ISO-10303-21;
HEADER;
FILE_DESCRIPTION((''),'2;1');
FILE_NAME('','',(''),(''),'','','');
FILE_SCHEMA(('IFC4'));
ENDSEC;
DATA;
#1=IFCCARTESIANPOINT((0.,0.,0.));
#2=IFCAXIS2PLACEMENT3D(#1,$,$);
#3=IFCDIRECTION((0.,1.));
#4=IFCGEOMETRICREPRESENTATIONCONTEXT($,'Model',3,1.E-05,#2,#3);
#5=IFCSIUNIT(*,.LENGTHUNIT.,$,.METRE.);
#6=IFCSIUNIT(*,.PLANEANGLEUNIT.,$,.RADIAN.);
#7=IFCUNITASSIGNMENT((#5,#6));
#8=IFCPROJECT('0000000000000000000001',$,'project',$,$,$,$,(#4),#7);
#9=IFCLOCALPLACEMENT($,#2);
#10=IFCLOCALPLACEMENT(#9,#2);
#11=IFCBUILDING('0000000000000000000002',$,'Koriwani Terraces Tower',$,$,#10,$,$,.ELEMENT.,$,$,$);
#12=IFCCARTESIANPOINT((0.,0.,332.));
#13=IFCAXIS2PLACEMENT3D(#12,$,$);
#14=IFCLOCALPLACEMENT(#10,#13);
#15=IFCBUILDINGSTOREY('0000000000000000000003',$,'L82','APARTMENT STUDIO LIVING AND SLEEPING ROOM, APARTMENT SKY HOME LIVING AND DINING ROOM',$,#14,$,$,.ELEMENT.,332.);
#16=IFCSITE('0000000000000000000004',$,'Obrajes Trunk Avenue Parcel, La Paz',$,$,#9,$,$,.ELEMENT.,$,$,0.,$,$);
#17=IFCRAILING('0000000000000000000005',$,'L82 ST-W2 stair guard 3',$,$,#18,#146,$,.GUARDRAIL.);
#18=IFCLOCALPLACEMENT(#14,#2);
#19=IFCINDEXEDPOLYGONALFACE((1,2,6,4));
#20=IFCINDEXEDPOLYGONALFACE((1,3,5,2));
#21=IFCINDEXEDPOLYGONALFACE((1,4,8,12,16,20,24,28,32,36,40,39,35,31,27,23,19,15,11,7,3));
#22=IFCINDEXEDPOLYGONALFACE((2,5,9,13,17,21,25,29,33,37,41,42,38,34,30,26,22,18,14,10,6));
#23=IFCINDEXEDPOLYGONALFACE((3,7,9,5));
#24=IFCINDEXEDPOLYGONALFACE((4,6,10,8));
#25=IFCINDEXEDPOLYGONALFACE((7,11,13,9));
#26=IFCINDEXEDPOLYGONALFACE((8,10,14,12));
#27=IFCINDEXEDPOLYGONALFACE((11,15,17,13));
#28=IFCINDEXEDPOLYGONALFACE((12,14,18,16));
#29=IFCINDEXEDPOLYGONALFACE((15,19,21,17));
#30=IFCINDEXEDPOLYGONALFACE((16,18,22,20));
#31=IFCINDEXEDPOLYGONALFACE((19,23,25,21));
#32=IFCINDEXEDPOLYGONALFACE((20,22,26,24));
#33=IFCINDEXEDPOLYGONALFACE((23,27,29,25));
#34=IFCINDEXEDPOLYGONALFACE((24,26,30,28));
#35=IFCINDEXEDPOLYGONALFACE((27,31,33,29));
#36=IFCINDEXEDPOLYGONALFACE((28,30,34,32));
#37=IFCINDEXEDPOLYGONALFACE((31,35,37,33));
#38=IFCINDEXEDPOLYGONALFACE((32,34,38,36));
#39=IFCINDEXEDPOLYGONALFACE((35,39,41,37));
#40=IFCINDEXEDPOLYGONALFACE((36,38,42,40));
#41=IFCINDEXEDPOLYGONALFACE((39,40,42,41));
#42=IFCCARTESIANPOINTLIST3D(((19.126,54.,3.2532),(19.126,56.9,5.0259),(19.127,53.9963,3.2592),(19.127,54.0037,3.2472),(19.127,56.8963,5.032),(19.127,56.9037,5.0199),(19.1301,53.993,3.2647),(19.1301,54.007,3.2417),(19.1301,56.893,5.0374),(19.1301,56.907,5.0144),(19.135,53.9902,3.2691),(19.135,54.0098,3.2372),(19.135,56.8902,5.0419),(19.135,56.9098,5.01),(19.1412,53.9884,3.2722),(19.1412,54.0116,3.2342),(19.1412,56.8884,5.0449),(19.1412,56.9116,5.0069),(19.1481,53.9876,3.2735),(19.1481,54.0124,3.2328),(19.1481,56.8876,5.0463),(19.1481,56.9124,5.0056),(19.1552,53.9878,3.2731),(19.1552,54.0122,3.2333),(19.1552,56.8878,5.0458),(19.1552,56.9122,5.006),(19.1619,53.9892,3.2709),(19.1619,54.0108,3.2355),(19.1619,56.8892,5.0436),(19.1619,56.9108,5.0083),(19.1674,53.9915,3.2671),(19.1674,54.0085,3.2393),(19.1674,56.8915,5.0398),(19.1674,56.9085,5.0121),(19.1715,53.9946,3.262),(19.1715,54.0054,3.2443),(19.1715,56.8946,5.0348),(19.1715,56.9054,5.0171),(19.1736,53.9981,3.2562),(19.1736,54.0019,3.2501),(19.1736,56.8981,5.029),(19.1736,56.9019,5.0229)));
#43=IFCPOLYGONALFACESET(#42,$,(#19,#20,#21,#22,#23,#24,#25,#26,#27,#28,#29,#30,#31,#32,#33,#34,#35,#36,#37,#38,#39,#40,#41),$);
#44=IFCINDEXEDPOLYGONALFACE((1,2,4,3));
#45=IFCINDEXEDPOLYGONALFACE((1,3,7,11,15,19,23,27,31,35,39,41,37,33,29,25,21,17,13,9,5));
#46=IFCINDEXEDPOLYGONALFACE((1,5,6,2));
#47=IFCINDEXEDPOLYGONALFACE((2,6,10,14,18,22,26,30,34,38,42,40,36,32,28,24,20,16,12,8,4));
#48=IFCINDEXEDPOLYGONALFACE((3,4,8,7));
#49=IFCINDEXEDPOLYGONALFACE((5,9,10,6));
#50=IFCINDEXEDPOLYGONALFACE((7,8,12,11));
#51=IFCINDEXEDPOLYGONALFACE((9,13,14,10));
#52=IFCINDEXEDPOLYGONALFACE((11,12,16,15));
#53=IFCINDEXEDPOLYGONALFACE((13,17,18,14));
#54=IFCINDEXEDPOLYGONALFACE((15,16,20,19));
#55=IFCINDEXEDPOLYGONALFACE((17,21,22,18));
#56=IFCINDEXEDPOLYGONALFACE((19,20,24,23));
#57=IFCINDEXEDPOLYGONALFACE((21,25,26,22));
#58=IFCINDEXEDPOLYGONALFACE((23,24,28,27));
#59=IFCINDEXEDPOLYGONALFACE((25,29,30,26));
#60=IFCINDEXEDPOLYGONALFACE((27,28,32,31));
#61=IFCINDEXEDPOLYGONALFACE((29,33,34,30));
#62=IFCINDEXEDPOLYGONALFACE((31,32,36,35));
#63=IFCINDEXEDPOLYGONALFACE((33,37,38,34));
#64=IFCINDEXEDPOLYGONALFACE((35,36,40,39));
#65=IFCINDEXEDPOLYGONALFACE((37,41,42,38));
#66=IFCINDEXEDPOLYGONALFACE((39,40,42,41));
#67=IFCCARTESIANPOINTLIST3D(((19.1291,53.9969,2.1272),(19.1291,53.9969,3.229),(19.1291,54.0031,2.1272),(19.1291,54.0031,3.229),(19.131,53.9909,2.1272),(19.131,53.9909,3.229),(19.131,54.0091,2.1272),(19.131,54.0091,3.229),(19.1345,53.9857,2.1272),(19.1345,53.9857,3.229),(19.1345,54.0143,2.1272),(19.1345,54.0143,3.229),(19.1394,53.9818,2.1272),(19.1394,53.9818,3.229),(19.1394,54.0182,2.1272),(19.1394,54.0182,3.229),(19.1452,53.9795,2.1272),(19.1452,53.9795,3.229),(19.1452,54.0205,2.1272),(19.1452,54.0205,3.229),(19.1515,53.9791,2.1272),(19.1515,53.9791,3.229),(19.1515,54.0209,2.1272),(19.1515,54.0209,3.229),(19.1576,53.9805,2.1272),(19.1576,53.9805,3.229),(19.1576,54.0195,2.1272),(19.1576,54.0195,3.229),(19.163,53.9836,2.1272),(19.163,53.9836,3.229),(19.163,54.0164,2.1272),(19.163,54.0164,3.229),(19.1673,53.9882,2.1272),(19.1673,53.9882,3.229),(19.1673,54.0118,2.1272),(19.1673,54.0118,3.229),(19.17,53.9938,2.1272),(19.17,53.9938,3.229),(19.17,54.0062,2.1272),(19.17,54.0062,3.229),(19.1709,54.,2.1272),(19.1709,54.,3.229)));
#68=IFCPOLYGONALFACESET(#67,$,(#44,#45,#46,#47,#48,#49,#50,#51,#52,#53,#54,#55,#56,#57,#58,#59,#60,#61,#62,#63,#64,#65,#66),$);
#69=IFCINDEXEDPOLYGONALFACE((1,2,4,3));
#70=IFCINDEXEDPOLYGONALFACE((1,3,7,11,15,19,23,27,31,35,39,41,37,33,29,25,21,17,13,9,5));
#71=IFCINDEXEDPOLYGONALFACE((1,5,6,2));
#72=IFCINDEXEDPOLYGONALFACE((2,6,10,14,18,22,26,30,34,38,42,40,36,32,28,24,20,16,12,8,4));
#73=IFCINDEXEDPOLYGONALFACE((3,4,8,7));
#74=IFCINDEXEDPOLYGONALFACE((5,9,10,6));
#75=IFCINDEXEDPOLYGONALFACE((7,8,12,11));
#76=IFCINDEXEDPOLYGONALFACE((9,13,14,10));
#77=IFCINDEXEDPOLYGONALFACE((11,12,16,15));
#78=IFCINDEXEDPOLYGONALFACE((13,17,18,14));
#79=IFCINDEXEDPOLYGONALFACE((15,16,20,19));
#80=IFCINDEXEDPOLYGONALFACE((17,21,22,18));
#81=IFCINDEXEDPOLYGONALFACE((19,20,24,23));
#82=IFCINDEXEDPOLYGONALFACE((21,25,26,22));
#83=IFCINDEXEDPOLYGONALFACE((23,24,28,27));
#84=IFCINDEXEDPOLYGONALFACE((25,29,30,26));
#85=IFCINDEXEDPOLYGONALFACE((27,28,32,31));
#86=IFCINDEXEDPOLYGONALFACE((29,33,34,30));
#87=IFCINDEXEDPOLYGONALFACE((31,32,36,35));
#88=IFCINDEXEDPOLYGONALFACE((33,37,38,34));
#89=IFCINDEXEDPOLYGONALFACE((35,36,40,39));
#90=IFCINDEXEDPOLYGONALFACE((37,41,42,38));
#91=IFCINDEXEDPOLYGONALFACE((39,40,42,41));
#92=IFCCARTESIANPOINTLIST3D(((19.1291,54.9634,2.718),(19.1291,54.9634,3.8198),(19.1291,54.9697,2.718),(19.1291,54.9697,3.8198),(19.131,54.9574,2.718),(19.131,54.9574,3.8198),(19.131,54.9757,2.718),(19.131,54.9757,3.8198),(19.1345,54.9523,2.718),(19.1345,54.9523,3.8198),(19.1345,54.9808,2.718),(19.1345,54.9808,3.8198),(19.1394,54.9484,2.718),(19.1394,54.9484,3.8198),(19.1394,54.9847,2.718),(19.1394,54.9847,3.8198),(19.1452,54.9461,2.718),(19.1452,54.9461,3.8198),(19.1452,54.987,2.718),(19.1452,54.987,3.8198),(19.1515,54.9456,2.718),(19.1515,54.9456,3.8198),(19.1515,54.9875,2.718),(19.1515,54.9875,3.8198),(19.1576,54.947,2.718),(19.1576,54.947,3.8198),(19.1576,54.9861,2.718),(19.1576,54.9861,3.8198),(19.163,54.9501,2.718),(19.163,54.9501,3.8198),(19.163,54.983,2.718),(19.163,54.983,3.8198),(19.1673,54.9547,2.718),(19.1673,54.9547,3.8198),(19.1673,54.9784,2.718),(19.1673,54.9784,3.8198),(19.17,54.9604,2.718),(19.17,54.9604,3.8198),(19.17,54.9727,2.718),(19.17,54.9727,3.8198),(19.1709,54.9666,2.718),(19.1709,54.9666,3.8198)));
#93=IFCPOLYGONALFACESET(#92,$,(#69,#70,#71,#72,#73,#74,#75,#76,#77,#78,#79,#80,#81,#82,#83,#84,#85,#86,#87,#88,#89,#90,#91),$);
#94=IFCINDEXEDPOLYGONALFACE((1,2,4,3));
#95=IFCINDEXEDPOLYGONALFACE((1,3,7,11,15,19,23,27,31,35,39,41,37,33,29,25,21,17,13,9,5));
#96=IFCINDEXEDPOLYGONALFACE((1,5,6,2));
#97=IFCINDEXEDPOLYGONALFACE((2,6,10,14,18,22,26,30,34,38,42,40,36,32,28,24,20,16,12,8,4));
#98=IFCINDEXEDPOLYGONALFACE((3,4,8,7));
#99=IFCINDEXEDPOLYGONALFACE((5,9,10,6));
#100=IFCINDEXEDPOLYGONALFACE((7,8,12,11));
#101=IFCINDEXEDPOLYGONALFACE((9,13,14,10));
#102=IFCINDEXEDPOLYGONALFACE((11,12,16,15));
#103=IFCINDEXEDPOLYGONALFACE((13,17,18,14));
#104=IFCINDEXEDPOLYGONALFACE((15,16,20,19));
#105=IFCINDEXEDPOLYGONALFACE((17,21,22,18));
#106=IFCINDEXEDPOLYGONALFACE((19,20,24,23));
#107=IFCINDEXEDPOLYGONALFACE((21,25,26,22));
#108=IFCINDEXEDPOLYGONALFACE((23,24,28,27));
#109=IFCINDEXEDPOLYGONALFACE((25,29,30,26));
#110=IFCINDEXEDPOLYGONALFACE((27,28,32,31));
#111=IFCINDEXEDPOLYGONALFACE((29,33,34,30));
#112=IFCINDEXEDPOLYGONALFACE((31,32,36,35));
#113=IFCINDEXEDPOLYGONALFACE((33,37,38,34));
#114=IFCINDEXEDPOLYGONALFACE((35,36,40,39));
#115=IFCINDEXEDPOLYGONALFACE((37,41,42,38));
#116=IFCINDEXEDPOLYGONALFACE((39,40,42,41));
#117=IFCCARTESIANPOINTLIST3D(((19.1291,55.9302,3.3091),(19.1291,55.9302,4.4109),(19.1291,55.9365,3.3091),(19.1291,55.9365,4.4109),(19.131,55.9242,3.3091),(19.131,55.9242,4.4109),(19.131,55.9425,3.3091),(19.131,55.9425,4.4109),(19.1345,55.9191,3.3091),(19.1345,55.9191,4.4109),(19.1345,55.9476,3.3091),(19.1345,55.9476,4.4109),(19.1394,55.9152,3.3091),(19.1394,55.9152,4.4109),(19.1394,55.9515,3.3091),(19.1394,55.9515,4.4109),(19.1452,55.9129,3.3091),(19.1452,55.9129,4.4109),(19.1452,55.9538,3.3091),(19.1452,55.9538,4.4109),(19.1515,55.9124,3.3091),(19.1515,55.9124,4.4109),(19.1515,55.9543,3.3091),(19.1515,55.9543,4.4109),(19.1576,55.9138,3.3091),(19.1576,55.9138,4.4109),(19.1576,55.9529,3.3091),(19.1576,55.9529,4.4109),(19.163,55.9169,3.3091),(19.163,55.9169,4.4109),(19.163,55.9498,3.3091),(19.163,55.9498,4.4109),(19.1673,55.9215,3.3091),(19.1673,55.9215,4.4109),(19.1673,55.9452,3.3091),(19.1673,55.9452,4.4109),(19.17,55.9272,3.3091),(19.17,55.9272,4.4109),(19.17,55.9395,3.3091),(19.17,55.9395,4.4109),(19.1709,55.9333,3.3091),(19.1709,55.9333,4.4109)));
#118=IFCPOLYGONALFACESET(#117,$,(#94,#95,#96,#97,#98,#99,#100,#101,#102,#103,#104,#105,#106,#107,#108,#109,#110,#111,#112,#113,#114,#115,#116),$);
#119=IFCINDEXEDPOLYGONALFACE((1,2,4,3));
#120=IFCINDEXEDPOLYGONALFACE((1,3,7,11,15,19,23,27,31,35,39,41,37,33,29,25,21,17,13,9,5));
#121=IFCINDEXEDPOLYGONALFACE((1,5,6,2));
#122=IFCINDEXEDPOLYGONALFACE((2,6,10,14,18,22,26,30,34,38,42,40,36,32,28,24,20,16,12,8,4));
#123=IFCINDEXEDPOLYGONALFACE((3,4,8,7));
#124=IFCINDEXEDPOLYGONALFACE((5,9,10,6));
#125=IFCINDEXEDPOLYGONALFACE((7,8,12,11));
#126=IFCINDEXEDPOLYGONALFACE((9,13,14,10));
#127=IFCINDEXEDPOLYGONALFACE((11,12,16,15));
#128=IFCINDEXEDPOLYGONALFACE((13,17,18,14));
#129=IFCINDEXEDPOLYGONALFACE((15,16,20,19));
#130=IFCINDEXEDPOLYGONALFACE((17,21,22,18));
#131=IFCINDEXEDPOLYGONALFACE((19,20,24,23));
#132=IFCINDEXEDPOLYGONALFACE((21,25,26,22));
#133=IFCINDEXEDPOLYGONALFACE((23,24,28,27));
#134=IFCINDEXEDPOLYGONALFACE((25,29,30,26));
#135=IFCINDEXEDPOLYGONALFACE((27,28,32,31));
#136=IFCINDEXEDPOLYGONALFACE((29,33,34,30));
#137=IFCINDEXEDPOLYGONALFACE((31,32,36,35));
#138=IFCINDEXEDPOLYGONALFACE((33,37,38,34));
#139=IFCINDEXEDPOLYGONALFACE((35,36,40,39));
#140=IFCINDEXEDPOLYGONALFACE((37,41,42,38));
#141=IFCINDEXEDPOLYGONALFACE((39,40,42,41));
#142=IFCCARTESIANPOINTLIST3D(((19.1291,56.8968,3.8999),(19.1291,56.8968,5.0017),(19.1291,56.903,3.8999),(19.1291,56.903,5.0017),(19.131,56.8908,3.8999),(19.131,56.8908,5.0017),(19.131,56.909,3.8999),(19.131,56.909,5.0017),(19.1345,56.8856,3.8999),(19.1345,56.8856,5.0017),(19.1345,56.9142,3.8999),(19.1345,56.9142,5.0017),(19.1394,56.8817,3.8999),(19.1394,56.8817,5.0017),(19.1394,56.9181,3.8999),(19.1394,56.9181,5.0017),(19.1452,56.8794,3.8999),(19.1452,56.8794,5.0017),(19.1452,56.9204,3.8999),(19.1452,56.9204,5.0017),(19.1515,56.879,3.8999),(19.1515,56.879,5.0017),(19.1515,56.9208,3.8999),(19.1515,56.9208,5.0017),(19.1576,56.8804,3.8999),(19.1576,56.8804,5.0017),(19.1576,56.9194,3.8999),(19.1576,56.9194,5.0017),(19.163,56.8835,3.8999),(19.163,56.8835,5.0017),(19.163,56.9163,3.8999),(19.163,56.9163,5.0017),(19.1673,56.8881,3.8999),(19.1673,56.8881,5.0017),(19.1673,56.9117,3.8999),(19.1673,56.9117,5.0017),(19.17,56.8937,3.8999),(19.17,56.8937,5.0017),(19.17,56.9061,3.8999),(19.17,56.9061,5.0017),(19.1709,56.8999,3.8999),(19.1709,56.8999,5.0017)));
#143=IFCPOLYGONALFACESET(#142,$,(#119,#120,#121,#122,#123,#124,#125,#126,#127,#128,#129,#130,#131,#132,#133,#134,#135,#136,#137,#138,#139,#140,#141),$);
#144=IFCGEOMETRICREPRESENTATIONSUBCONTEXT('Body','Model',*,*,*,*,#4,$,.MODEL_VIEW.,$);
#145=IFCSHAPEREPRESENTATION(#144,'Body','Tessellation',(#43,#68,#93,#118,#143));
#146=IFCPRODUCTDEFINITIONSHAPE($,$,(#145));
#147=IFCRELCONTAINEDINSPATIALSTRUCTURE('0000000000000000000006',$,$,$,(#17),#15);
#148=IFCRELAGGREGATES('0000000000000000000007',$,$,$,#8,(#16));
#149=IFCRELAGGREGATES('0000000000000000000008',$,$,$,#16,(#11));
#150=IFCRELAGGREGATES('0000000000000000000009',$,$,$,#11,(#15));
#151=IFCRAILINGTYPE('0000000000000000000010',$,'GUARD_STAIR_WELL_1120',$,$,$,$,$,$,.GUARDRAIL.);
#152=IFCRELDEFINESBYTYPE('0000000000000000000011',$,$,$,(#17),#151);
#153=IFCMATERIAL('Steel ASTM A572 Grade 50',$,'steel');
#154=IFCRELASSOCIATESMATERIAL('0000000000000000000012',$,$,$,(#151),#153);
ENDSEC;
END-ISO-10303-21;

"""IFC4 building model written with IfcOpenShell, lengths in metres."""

from ifc_helpers import new_model, si_unit, direction, frame, origin, origin_2d, place, context, subcontext, project, spatial, circle, extrude, material, type_object, element, save


model = new_model("IFC4")

# Units and contexts
model_context = context("Model", 3, precision=1e-05, world=origin(), true_north=direction((0.0, 1.0)))
body_context = subcontext(model_context, "Body", "Model", "MODEL_VIEW")
ifc_project = project(units=[si_unit("LENGTHUNIT", "METRE"), si_unit("PLANEANGLEUNIT", "RADIAN")], contexts=[model_context])

# Site, building, storey
site_placement = place(None, origin())
site = spatial("IfcSite", under=ifc_project, at=site_placement, Name="Obrajes Trunk Avenue Parcel, La Paz", CompositionType="ELEMENT", RefElevation=0.0)
building_placement = place(site_placement, origin())
building = spatial("IfcBuilding", under=site, at=building_placement, Name="Koriwani Terraces Tower", CompositionType="ELEMENT")
storey_placement = place(building_placement, frame((0.0, 0.0, 332.0)))
storey = spatial("IfcBuildingStorey", under=building, at=storey_placement, Name="L82", Description="APARTMENT STUDIO LIVING AND SLEEPING ROOM, APARTMENT SKY HOME LIVING AND DINING ROOM", CompositionType="ELEMENT", Elevation=332.0)

# Shared definitions
ifc_material_1 = material(Name="Steel ASTM A572 Grade 50", Category="steel")

# Railing
railing_type_1 = type_object("IfcRailingType", Name="GUARD_STAIR_WELL_1120", PredefinedType="GUARDRAIL", material=ifc_material_1)
railing_1_placement = place(storey_placement, frame((19.1499, 54.0, 2.1272)))
element("IfcRailing", 1, at=railing_1_placement, inside=storey, type_object=railing_type_1, Name="L82 ST-W2 stair guard 3", PredefinedType="GUARDRAIL", context=body_context, shape_type="SweptSolid", body=[
    extrude(circle(Radius=0.0239, at=origin_2d()), frame((0.0, 0.0, 1.126), z_axis=(0.0, 0.853211, 0.521566), x_axis=(-1.0, 0.0, 0.0)), (0.0, 0.0, 1.0), 3.3989),
    extrude(circle(Radius=0.021, at=origin_2d()), origin(), (0.0, 0.0, 1.0), 1.1018),
    extrude(circle(Radius=0.021, at=origin_2d()), frame((0.0, 0.9666, 0.5908)), (0.0, 0.0, 1.0), 1.1018),
    extrude(circle(Radius=0.021, at=origin_2d()), frame((0.0, 1.9333, 1.1819)), (0.0, 0.0, 1.0), 1.1018),
    extrude(circle(Radius=0.021, at=origin_2d()), frame((0.0, 2.8999, 1.7727)), (0.0, 0.0, 1.0), 1.1018),
])

save(model, "model.ifc")
